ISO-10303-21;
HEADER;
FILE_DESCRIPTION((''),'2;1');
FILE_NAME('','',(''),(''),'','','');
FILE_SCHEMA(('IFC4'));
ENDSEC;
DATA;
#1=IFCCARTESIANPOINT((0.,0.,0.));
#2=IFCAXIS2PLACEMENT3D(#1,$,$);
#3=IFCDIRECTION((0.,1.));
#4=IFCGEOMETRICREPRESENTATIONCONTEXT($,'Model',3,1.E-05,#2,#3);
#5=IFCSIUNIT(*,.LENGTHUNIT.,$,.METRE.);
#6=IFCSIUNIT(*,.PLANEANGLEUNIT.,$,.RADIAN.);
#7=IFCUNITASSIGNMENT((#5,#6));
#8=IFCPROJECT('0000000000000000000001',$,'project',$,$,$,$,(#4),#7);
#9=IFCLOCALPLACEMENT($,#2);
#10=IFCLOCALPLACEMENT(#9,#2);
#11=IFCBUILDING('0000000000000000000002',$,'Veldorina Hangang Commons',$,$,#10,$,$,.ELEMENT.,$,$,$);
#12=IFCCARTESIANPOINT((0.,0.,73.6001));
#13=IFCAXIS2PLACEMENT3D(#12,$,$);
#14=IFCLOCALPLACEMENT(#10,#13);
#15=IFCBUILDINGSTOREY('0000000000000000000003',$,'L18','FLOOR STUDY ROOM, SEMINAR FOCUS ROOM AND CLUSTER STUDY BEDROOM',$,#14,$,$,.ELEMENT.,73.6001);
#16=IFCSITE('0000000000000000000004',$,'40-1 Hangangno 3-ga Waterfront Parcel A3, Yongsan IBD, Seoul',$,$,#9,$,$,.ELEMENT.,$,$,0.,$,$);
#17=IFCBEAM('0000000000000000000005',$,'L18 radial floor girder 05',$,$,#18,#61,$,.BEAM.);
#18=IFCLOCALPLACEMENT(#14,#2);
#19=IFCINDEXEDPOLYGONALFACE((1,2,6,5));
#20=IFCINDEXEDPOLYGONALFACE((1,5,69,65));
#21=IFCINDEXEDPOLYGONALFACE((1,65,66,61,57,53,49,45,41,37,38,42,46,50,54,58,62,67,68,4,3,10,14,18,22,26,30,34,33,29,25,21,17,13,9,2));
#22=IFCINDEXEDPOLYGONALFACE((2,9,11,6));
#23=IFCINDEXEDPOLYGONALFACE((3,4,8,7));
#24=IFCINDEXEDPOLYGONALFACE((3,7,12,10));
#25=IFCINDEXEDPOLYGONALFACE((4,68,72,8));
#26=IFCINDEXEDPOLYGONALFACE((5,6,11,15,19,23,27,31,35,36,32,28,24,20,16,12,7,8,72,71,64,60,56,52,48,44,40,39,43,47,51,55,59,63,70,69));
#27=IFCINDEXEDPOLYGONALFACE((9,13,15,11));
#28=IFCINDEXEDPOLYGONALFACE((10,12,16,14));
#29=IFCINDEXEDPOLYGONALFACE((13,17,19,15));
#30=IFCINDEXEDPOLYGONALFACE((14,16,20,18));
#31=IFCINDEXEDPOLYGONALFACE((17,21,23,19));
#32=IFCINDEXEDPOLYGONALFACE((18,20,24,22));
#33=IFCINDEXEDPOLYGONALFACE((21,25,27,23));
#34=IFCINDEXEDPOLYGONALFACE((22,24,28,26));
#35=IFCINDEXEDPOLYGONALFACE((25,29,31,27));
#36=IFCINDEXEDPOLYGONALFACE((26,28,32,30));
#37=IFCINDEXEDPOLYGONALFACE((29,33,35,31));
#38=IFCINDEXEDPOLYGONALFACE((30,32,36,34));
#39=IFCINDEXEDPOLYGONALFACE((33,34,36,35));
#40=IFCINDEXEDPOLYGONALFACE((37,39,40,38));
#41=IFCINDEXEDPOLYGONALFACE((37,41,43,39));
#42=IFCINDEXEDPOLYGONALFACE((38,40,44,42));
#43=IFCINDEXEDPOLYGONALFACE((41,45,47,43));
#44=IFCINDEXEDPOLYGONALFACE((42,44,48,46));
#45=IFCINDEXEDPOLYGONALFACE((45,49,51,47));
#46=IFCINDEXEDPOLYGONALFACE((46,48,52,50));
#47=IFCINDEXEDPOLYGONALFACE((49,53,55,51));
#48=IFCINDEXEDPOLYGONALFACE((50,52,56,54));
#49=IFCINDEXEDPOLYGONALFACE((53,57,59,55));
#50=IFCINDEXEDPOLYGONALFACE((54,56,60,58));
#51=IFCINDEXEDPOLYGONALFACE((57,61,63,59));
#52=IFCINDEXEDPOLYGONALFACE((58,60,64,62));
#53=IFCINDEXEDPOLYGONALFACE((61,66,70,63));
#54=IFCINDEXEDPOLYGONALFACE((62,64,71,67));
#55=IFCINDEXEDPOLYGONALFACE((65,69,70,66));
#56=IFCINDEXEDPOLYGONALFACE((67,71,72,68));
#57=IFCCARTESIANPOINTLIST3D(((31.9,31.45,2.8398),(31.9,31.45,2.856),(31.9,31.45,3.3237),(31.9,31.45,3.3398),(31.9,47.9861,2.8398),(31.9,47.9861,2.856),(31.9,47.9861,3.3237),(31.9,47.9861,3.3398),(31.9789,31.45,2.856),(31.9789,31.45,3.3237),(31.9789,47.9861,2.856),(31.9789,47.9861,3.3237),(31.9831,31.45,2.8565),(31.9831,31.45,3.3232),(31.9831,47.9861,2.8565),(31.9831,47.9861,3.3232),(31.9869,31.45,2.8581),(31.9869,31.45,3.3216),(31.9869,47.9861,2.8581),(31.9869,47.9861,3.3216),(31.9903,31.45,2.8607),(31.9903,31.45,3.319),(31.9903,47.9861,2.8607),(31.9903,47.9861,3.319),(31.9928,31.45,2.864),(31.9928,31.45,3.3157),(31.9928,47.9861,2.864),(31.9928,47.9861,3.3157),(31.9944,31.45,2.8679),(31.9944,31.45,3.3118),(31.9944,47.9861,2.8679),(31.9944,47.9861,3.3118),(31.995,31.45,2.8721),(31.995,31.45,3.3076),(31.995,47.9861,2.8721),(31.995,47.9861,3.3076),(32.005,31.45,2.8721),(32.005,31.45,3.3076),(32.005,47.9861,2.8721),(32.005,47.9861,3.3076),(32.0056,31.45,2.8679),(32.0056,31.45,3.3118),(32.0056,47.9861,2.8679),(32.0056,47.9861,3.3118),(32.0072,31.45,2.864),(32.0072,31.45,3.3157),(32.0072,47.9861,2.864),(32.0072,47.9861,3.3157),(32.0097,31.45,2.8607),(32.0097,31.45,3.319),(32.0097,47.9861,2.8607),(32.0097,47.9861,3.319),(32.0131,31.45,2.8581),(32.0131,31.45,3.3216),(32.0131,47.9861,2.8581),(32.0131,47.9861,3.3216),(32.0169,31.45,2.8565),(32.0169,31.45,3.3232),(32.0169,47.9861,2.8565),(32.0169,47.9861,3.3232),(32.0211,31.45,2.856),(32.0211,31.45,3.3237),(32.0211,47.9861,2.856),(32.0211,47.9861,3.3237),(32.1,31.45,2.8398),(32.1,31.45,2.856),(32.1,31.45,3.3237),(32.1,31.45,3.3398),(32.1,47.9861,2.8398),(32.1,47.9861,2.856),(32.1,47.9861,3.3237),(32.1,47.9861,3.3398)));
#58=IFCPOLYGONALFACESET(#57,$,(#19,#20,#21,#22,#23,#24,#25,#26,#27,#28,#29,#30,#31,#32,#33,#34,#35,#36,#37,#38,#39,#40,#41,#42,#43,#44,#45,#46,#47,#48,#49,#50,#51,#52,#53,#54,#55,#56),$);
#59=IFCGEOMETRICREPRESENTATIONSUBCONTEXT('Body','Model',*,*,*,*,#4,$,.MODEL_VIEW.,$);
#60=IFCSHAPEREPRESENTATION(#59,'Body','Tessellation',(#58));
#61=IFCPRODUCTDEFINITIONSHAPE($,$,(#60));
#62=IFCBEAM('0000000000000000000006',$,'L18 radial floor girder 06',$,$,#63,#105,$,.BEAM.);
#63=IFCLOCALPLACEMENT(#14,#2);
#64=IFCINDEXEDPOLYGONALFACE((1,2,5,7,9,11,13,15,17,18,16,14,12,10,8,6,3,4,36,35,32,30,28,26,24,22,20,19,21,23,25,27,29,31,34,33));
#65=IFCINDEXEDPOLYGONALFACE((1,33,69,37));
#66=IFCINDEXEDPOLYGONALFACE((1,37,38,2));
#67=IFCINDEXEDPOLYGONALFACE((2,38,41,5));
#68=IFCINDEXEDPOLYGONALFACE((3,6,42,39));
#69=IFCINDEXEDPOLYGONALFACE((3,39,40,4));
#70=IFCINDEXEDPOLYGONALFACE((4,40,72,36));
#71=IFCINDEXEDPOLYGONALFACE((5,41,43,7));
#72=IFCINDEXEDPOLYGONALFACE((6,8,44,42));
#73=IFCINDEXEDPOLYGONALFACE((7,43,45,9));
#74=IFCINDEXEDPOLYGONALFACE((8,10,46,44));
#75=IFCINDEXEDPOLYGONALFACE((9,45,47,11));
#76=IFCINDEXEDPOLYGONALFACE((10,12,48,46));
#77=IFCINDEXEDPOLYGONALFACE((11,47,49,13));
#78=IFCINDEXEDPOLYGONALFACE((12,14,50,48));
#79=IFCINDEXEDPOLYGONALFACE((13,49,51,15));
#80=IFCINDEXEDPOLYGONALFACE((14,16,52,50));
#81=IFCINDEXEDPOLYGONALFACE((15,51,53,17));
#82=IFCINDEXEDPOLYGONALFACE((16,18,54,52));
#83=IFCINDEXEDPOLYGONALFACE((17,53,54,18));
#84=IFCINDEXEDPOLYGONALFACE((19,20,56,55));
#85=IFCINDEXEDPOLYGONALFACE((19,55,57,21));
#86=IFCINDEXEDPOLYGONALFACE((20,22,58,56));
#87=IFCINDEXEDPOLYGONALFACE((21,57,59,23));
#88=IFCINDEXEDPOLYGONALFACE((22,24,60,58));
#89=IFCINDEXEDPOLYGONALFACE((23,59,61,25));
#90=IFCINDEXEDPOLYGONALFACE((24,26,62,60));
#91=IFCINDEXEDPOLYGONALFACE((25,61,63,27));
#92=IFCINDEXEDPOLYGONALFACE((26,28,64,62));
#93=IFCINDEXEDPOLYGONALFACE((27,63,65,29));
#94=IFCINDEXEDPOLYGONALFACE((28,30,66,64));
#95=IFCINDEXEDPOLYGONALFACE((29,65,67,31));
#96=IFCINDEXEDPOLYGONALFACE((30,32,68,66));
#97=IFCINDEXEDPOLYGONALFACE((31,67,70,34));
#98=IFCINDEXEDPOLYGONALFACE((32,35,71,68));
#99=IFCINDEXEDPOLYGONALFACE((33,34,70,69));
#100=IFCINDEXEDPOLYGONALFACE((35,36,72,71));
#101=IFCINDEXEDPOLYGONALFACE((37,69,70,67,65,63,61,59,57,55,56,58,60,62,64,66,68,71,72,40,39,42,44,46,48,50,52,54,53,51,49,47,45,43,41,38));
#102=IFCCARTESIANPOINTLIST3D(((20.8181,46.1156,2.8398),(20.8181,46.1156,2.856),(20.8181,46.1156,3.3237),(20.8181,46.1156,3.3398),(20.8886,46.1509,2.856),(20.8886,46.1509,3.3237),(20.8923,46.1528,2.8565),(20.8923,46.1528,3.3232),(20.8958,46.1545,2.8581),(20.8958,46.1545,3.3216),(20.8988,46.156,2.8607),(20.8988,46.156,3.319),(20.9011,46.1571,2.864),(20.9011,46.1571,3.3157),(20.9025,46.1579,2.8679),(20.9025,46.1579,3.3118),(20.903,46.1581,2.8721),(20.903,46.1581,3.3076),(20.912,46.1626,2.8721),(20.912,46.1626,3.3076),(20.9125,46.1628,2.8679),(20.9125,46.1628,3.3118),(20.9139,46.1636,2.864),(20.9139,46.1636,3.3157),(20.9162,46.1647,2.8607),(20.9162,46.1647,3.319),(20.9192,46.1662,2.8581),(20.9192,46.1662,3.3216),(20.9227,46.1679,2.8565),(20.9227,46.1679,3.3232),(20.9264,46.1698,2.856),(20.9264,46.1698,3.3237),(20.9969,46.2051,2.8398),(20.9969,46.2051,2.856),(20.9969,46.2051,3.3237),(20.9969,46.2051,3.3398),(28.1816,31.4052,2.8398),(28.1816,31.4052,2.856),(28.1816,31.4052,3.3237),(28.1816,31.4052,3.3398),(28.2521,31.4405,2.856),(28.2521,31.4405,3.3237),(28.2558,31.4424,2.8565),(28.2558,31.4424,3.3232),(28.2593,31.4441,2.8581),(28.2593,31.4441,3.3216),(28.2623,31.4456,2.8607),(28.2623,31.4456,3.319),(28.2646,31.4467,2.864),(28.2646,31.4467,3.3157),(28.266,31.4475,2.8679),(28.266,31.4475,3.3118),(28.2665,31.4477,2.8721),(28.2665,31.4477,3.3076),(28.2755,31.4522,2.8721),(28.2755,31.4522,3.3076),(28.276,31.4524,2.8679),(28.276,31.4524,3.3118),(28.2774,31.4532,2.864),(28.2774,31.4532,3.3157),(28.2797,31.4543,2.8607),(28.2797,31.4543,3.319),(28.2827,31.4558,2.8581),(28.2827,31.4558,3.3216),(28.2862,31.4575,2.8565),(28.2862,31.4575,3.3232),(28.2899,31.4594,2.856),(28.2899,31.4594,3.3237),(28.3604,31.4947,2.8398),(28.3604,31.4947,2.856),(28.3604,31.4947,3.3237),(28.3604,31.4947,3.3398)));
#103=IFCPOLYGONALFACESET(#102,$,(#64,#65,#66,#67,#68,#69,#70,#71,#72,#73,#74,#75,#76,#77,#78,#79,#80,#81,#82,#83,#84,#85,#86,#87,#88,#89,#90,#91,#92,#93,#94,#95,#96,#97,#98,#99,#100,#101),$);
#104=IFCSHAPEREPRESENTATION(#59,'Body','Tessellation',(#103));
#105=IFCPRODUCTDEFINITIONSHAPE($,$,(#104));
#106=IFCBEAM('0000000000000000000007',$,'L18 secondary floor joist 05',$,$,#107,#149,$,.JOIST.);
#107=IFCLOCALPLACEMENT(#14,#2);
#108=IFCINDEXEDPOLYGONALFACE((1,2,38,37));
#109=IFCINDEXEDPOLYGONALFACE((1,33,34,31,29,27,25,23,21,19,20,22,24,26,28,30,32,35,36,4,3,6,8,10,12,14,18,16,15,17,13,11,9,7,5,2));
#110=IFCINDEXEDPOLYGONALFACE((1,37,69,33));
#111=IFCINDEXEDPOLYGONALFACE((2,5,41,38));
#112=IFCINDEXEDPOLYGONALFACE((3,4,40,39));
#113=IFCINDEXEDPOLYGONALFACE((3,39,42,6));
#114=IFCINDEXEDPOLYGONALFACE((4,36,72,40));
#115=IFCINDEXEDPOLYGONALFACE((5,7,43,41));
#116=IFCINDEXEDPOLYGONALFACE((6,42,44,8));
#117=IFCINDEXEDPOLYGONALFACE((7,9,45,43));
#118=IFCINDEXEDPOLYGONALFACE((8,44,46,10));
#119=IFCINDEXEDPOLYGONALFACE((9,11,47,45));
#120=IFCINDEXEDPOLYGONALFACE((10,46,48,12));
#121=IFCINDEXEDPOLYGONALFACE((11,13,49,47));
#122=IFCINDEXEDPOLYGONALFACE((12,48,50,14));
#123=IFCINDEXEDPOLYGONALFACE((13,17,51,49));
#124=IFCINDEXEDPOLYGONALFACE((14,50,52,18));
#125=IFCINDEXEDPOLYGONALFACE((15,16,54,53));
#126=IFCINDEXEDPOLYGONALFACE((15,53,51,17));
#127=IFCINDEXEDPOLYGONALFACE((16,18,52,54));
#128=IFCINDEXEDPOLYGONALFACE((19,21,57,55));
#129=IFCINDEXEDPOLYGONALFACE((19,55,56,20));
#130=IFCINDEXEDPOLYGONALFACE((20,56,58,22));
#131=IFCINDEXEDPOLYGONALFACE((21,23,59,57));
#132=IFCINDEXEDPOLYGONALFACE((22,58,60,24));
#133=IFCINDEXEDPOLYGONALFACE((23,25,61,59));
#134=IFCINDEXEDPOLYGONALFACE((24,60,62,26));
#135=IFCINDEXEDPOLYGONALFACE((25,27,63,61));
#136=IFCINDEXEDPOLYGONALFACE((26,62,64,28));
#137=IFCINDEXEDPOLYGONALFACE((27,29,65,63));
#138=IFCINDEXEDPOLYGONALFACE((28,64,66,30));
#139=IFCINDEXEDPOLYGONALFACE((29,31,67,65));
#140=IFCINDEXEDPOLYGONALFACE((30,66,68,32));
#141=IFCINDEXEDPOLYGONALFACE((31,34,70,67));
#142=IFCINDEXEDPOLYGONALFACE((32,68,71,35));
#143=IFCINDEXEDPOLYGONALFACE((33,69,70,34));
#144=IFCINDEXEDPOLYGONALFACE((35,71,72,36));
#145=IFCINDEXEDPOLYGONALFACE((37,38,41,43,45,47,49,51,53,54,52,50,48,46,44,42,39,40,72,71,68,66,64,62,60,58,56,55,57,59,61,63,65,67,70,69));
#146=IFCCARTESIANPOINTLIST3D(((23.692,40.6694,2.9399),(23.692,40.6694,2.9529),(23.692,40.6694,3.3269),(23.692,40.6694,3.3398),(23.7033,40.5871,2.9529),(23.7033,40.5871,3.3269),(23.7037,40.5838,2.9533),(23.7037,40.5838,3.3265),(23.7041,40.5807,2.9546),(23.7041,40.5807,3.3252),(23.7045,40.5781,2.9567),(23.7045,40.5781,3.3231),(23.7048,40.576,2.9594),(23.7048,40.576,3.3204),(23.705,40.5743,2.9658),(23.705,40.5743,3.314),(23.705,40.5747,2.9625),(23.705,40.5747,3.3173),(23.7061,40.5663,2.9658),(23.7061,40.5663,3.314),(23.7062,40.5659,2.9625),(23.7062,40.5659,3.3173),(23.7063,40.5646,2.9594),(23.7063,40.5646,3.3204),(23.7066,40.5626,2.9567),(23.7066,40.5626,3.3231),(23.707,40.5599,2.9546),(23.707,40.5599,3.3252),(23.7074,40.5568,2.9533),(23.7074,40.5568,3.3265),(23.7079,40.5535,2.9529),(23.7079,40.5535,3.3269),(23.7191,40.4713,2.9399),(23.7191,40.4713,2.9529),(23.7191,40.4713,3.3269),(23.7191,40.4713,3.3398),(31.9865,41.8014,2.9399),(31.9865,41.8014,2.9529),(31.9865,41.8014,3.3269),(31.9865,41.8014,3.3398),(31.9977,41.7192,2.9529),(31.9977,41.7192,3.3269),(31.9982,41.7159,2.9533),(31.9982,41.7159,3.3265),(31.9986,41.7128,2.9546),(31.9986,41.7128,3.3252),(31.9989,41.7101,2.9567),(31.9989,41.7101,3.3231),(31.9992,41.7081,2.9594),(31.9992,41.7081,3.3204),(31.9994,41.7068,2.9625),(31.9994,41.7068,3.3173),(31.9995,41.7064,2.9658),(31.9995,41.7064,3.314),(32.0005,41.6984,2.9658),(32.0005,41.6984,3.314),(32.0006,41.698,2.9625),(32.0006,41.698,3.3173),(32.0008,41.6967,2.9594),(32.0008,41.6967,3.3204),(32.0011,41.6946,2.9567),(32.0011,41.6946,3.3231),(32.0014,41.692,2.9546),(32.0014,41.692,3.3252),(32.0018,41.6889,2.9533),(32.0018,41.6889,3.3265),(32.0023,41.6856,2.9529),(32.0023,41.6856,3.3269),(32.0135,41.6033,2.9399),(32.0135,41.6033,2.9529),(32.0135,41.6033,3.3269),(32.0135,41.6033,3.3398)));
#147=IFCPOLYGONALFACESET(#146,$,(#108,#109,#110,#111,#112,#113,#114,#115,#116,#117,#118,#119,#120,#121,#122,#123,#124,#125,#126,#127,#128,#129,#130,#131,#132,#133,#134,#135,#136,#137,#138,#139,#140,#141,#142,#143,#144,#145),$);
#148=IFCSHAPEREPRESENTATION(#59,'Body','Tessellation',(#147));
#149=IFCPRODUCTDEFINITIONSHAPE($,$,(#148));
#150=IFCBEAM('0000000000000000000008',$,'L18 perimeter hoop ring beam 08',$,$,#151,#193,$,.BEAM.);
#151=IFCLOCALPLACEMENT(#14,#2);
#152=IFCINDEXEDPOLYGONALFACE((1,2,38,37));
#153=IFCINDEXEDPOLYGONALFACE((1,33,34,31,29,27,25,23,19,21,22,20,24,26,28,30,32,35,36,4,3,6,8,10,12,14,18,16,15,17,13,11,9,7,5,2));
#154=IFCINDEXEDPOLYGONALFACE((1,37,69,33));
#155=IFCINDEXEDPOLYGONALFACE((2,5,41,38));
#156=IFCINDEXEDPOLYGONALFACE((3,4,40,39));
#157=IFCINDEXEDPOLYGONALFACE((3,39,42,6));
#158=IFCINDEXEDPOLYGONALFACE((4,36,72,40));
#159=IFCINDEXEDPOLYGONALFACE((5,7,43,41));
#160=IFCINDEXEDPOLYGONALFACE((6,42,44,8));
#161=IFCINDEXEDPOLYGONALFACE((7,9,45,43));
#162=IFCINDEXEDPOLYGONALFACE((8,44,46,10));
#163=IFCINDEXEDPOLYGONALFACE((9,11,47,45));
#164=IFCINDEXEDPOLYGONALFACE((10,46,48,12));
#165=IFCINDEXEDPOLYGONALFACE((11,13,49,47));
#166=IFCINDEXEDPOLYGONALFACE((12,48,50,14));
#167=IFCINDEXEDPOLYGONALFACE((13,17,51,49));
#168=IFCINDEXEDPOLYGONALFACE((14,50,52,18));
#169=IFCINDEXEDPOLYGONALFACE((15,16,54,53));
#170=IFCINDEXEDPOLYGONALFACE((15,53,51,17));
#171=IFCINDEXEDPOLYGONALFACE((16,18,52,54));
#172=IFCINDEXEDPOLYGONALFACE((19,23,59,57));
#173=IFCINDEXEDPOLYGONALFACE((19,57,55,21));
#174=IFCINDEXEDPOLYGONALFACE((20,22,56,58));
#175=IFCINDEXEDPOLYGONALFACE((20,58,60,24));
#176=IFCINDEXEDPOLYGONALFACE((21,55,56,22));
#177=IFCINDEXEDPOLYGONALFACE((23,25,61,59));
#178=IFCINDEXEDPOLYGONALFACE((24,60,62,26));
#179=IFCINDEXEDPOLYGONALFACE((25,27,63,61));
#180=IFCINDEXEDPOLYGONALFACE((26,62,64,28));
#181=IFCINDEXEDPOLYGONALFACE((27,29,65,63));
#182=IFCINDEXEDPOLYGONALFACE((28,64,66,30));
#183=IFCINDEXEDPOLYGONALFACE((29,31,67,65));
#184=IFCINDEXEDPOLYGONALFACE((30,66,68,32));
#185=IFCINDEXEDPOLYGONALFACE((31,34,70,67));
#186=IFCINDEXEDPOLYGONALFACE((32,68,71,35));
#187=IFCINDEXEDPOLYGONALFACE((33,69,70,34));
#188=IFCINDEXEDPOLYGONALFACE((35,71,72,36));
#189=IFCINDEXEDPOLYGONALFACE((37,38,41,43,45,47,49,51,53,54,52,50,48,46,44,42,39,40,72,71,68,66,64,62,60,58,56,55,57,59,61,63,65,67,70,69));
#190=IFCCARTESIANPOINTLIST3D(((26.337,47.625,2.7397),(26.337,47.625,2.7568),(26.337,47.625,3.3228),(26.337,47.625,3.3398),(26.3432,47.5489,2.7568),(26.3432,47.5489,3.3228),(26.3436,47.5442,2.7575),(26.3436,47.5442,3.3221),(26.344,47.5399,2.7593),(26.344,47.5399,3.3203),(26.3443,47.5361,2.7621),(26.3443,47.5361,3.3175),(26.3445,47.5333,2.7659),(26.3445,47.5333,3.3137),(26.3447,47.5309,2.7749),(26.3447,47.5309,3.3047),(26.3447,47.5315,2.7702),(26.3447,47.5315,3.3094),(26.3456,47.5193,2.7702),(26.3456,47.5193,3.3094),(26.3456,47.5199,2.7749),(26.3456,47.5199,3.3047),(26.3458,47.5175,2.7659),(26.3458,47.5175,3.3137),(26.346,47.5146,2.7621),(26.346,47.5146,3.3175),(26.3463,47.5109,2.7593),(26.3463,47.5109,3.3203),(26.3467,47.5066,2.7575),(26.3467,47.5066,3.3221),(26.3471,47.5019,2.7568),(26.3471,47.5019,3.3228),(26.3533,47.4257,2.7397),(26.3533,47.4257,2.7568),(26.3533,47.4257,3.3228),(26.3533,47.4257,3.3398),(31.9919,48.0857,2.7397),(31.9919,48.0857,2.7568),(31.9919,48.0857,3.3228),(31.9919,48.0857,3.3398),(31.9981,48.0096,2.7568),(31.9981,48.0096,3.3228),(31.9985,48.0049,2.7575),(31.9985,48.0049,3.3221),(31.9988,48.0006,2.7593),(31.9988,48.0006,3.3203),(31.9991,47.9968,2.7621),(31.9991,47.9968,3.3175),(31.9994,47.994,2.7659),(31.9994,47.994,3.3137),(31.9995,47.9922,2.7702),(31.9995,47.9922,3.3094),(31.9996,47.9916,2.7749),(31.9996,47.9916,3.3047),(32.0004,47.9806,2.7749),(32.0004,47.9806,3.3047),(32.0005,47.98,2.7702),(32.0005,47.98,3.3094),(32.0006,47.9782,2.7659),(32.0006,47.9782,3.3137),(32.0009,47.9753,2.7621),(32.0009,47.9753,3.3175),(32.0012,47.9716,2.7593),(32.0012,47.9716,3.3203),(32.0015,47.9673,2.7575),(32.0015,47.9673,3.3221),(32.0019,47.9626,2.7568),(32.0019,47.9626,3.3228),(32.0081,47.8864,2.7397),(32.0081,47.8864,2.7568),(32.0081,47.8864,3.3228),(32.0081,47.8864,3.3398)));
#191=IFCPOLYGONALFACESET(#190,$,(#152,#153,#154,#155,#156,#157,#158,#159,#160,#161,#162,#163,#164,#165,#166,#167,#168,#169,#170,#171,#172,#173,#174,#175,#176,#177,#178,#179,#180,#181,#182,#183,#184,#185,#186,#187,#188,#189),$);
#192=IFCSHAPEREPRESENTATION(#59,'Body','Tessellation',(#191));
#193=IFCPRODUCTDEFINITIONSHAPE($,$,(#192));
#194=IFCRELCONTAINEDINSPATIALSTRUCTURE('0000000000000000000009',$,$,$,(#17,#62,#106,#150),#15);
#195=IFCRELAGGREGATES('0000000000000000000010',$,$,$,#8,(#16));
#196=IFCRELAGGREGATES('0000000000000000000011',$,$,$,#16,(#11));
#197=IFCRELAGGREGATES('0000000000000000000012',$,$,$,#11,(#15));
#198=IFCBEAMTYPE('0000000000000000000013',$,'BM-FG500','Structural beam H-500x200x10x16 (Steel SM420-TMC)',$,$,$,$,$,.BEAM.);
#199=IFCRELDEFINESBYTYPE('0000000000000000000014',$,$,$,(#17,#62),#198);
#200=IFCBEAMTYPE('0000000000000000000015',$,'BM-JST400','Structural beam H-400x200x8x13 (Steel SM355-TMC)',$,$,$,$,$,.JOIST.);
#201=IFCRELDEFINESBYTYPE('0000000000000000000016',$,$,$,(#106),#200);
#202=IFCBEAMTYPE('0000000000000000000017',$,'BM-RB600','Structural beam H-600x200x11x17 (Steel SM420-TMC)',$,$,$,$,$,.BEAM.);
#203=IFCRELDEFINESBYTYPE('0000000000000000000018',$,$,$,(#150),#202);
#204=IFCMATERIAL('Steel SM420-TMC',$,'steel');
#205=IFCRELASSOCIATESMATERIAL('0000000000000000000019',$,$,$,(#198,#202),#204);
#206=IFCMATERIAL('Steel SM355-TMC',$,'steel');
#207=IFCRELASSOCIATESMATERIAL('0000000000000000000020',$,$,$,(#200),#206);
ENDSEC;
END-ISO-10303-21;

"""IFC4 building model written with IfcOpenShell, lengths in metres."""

from ifc_helpers import new_model, si_unit, direction, frame, origin, origin_2d, place, context, subcontext, project, spatial, i_section, extrude, material, material_profile, profile_set, type_object, element, save


model = new_model("IFC4")

# Units and contexts
model_context = context("Model", 3, precision=1e-05, world=origin(), true_north=direction((0.0, 1.0)))
body_context = subcontext(model_context, "Body", "Model", "MODEL_VIEW")
ifc_project = project(units=[si_unit("LENGTHUNIT", "METRE"), si_unit("PLANEANGLEUNIT", "RADIAN")], contexts=[model_context])

# Site, building, storey
site_placement = place(None, origin())
site = spatial("IfcSite", under=ifc_project, at=site_placement, Name="40-1 Hangangno 3-ga Waterfront Parcel A3, Yongsan IBD, Seoul", CompositionType="ELEMENT", RefElevation=0.0)
building_placement = place(site_placement, origin())
building = spatial("IfcBuilding", under=site, at=building_placement, Name="Veldorina Hangang Commons", CompositionType="ELEMENT")
storey_placement = place(building_placement, frame((0.0, 0.0, 73.6001)))
storey = spatial("IfcBuildingStorey", under=building, at=storey_placement, Name="L18", Description="FLOOR STUDY ROOM, SEMINAR FOCUS ROOM AND CLUSTER STUDY BEDROOM", CompositionType="ELEMENT", Elevation=73.6001)

# Beams
ifc_material_1 = material(Name="Steel SM420-TMC", Category="steel")
ifc_material_profile_1 = material_profile(ifc_material_1, i_section(OverallWidth=0.2, OverallDepth=0.5, WebThickness=0.01, FlangeThickness=0.0161, FilletRadius=0.0161, at=origin_2d()), Name="H-500x200x10x16")
ifc_profile_set_1 = profile_set([ifc_material_profile_1], Name="Steel SM420-TMC")
beam_type_1 = type_object("IfcBeamType", Name="BM-FG500", Description="Structural beam H-500x200x10x16 (Steel SM420-TMC)", PredefinedType="BEAM", material=ifc_profile_set_1)
beam_1_placement = place(storey_placement, frame((32.0, 31.45, 3.0898), z_axis=(0.0, 1.0, 0.0), x_axis=(-1.0, 0.0, 0.0)))
element("IfcBeam", 1, at=beam_1_placement, inside=storey, type_object=beam_type_1, Name="L18 radial floor girder 05", PredefinedType="BEAM", context=body_context, shape_type="SweptSolid", body=[
    extrude(i_section(OverallWidth=0.2, OverallDepth=0.5, WebThickness=0.01, FlangeThickness=0.0161, FilletRadius=0.0161, at=origin_2d()), origin(), (0.0, 0.0, 1.0), 16.5361),
])
beam_2_placement = place(storey_placement, frame((28.271, 31.45, 3.0898), z_axis=(-0.447617, 0.894225, 0.0), x_axis=(-0.894225, -0.447617, 0.0)))
element("IfcBeam", 2, at=beam_2_placement, inside=storey, type_object=beam_type_1, Name="L18 radial floor girder 06", PredefinedType="BEAM", context=body_context, shape_type="SweptSolid", body=[
    extrude(i_section(OverallWidth=0.2, OverallDepth=0.5, WebThickness=0.01, FlangeThickness=0.0161, FilletRadius=0.0161, at=origin_2d()), origin(), (0.0, 0.0, 1.0), 16.4504),
])
ifc_material_2 = material(Name="Steel SM355-TMC", Category="steel")
ifc_material_profile_2 = material_profile(ifc_material_2, i_section(OverallWidth=0.2, OverallDepth=0.3999, WebThickness=0.0081, FlangeThickness=0.0129, FilletRadius=0.0129, at=origin_2d()), Name="H-400x200x8x13")
ifc_profile_set_2 = profile_set([ifc_material_profile_2], Name="Steel SM355-TMC")
beam_type_2 = type_object("IfcBeamType", Name="BM-JST400", Description="Structural beam H-400x200x8x13 (Steel SM355-TMC)", PredefinedType="JOIST", material=ifc_profile_set_2)
beam_3_placement = place(storey_placement, frame((32.0, 41.7024, 3.1399), z_axis=(-0.990814, -0.135233, 0.0), x_axis=(0.135233, -0.990814, 0.0)))
element("IfcBeam", 3, at=beam_3_placement, inside=storey, type_object=beam_type_2, Name="L18 secondary floor joist 05", PredefinedType="JOIST", context=body_context, shape_type="SweptSolid", body=[
    extrude(i_section(OverallWidth=0.2, OverallDepth=0.3999, WebThickness=0.0081, FlangeThickness=0.0129, FilletRadius=0.0129, at=origin_2d()), origin(), (0.0, 0.0, 1.0), 8.3713),
])
ifc_material_profile_3 = material_profile(ifc_material_1, i_section(OverallWidth=0.2, OverallDepth=0.6001, WebThickness=0.011, FlangeThickness=0.0171, FilletRadius=0.0181, at=origin_2d()), Name="H-600x200x11x17")
ifc_profile_set_3 = profile_set([ifc_material_profile_3], Name="Steel SM420-TMC")
beam_type_3 = type_object("IfcBeamType", Name="BM-RB600", Description="Structural beam H-600x200x11x17 (Steel SM420-TMC)", PredefinedType="BEAM", material=ifc_profile_set_3)
beam_4_placement = place(storey_placement, frame((32.0, 47.9861, 3.0398), z_axis=(-0.996698, -0.081201, 0.0), x_axis=(0.081201, -0.996698, 0.0)))
element("IfcBeam", 4, at=beam_4_placement, inside=storey, type_object=beam_type_3, Name="L18 perimeter hoop ring beam 08", PredefinedType="BEAM", context=body_context, shape_type="SweptSolid", body=[
    extrude(i_section(OverallWidth=0.2, OverallDepth=0.6001, WebThickness=0.011, FlangeThickness=0.0171, FilletRadius=0.0181, at=origin_2d()), origin(), (0.0, 0.0, 1.0), 5.6736),
])

save(model, "model.ifc")
